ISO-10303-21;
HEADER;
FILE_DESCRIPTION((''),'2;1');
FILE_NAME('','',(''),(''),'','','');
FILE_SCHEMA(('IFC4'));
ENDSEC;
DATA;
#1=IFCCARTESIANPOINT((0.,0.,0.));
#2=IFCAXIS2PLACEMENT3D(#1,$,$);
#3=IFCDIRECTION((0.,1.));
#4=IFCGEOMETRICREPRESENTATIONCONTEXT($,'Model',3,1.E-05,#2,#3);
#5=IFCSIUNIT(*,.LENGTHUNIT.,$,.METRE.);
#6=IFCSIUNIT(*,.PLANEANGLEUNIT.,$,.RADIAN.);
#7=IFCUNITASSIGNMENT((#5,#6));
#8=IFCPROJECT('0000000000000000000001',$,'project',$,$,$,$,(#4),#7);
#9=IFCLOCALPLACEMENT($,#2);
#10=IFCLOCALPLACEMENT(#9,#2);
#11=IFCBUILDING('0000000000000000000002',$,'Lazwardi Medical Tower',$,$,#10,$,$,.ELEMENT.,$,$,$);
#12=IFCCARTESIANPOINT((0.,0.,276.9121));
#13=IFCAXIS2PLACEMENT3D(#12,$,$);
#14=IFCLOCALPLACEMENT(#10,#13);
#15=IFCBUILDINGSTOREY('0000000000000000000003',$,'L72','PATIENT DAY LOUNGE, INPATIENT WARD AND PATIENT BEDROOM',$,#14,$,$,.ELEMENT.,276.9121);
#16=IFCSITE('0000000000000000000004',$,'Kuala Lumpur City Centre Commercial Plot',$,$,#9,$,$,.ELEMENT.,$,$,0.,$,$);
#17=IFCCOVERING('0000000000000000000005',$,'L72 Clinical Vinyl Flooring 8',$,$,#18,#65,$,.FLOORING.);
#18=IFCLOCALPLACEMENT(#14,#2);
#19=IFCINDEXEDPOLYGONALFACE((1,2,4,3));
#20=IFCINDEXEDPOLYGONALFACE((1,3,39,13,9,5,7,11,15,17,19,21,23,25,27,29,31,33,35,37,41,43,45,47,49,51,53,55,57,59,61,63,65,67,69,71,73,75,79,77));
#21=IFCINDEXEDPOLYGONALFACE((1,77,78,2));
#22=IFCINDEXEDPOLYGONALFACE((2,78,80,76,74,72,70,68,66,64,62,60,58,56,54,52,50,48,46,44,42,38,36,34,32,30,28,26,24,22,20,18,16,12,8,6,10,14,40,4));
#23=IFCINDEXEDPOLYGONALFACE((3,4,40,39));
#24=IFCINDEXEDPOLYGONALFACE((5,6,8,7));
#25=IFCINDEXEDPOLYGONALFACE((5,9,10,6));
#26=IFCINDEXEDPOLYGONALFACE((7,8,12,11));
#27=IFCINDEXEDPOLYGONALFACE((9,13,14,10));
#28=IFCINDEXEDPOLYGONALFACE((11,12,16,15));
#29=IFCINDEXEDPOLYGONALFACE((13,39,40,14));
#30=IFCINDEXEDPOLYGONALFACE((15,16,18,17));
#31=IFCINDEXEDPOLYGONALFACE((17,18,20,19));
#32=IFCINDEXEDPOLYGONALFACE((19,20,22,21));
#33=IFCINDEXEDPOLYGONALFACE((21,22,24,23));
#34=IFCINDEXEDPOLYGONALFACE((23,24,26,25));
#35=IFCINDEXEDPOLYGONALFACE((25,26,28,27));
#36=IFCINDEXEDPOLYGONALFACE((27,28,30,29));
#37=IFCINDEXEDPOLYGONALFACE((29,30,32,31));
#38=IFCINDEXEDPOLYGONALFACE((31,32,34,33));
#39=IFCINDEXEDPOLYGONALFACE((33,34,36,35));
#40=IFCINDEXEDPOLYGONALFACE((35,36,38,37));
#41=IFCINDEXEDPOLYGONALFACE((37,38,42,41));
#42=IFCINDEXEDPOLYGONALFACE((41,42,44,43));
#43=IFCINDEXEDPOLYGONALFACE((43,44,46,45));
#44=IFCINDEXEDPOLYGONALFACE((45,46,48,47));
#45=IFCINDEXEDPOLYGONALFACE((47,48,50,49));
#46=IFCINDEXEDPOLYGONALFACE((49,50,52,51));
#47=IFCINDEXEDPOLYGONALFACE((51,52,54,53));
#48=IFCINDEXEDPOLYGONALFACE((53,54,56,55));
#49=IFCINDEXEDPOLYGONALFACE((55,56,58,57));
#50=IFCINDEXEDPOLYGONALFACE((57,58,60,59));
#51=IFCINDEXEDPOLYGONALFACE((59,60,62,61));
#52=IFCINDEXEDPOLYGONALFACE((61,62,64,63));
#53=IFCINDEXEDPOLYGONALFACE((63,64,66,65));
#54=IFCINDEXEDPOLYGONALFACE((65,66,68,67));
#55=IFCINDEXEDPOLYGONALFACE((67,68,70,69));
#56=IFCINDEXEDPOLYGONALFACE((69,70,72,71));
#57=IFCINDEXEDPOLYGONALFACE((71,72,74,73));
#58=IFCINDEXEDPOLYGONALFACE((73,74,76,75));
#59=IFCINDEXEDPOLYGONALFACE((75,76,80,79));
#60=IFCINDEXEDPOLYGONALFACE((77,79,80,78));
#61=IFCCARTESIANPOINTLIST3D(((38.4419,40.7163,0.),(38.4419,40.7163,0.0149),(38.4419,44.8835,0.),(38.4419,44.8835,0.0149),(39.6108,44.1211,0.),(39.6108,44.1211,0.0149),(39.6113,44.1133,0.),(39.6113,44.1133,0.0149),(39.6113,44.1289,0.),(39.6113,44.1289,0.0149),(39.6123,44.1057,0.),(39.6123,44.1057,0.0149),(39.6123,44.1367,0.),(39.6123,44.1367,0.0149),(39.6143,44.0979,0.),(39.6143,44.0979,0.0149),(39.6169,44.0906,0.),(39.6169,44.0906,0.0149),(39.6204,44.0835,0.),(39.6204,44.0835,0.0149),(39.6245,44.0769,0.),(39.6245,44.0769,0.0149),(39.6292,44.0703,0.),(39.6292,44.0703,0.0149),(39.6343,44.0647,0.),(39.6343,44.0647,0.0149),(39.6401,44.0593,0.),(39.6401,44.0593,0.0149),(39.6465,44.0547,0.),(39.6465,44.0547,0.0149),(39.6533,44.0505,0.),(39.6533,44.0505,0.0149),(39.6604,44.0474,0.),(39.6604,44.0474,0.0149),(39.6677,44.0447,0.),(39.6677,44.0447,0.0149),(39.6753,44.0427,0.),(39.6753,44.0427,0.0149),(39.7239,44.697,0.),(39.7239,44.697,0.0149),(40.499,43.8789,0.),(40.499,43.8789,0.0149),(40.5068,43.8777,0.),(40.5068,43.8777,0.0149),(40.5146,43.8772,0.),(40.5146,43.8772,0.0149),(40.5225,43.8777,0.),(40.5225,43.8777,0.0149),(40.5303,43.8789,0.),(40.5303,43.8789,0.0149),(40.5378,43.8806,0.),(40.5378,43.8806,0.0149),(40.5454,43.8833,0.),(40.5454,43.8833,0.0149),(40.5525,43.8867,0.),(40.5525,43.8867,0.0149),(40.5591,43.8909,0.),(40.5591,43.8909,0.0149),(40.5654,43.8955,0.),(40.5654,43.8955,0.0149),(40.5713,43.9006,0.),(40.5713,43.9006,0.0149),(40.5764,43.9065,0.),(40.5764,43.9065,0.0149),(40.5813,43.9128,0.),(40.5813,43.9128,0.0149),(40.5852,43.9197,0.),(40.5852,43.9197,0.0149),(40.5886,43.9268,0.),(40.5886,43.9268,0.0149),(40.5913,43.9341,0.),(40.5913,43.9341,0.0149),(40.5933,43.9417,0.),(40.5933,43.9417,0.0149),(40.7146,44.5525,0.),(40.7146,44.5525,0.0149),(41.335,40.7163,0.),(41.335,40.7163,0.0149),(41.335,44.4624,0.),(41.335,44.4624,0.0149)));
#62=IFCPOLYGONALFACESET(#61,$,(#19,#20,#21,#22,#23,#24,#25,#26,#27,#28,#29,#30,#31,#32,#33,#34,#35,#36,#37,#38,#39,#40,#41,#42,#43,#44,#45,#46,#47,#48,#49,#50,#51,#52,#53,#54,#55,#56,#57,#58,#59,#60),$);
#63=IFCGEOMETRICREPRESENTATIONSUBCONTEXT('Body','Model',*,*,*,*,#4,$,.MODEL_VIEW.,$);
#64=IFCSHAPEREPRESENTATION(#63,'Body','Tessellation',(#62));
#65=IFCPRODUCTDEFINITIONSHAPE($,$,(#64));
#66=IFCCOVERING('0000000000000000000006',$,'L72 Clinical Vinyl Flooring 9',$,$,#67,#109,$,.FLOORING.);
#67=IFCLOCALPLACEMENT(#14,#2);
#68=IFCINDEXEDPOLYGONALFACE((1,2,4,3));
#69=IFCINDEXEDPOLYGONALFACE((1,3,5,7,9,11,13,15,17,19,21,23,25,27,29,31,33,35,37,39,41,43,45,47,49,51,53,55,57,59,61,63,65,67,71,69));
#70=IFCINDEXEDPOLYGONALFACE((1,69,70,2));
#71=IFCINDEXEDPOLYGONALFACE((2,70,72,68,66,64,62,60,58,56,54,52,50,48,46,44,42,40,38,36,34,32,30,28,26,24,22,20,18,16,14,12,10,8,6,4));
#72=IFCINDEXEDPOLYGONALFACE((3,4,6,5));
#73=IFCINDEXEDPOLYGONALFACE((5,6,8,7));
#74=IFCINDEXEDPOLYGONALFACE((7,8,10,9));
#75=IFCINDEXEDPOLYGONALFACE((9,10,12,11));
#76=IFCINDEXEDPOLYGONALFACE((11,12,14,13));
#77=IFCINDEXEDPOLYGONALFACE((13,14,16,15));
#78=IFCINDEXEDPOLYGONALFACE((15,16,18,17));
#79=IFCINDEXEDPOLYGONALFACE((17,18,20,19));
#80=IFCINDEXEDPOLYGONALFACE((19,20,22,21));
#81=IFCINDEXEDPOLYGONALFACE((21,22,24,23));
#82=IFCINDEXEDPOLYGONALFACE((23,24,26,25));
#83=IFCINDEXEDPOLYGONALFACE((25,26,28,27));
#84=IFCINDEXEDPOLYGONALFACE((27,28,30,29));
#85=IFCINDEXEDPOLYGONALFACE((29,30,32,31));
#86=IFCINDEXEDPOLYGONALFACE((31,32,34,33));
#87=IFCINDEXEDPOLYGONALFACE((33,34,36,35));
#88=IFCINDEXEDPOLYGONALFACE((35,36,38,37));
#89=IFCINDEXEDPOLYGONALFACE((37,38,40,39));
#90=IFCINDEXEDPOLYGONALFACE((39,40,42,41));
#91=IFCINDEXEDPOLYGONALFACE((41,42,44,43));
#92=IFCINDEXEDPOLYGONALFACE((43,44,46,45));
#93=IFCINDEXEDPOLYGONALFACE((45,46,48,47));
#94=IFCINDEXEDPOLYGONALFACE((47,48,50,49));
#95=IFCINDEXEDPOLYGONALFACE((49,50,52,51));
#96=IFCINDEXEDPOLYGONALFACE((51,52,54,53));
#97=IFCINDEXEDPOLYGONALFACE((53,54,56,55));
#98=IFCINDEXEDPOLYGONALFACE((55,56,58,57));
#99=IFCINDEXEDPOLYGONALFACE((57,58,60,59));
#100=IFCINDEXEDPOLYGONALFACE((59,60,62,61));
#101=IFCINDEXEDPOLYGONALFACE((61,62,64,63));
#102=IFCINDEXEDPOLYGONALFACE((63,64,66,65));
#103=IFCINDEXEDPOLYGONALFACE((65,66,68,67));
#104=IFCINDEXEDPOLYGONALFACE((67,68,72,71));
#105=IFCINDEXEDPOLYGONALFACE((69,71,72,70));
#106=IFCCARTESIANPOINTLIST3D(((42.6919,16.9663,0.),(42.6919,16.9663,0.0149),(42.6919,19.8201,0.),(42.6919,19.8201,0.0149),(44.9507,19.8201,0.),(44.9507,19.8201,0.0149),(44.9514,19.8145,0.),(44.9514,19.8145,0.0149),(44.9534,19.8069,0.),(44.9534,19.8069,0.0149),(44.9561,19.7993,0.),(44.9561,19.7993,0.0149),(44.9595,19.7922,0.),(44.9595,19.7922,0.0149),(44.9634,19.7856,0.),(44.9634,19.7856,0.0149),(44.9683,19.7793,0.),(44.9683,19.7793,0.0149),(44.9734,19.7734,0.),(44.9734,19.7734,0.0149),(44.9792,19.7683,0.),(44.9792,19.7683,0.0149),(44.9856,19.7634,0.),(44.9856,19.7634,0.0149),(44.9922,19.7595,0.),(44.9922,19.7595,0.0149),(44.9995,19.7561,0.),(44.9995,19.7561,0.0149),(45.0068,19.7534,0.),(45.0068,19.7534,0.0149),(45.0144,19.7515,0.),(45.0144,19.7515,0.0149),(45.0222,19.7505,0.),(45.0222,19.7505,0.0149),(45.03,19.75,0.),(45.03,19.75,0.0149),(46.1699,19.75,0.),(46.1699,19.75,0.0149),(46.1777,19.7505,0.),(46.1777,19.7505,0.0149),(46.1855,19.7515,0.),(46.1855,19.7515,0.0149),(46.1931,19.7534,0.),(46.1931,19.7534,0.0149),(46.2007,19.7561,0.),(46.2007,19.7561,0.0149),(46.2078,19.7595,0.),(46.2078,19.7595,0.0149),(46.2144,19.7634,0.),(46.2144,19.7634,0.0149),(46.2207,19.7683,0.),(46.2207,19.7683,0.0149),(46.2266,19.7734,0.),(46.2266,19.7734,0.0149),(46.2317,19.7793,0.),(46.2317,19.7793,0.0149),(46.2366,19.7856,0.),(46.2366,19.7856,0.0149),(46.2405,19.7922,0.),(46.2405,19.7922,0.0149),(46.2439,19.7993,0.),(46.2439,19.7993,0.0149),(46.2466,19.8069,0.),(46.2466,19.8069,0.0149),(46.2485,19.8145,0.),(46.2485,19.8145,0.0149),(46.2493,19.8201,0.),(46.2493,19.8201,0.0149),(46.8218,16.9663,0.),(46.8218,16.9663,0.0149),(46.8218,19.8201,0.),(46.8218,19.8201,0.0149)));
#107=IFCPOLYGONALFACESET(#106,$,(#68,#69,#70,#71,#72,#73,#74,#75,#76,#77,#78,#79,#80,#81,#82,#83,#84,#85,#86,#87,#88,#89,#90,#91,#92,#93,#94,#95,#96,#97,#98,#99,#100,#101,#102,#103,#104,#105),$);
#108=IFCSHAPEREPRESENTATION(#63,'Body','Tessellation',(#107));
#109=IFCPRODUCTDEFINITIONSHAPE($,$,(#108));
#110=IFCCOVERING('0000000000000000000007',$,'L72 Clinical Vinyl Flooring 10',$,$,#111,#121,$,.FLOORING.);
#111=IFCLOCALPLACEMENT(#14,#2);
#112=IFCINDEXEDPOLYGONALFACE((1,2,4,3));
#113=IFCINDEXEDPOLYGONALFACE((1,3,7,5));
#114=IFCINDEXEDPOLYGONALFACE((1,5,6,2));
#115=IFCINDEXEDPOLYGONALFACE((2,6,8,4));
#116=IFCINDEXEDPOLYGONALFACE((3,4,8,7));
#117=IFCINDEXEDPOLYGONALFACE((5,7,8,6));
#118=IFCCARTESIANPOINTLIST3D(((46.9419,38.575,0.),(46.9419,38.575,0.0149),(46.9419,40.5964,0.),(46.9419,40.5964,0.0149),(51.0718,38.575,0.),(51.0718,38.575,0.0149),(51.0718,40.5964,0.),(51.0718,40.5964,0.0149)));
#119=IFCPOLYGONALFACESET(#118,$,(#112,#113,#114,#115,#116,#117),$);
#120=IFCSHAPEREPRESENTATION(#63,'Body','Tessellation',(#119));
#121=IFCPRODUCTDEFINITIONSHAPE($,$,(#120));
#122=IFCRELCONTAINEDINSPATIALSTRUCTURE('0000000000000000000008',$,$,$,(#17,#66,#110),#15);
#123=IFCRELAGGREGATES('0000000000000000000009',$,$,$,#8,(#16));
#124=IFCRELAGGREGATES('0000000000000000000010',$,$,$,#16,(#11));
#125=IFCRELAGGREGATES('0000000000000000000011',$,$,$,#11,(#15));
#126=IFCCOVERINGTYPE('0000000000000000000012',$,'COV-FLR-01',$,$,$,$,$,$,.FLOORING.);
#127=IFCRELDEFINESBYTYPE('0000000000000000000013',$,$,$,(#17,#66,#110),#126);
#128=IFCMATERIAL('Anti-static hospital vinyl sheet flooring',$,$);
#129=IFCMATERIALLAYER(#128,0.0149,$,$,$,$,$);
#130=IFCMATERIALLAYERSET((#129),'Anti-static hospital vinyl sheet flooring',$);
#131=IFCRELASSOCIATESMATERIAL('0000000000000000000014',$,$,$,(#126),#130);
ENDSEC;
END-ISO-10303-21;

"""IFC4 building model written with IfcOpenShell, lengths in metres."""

from ifc_helpers import new_model, si_unit, direction, frame, origin, place, context, subcontext, project, spatial, polyline, outline, extrude, material, layer, layer_set, type_object, element, save


model = new_model("IFC4")

# Units and contexts
model_context = context("Model", 3, precision=1e-05, world=origin(), true_north=direction((0.0, 1.0)))
body_context = subcontext(model_context, "Body", "Model", "MODEL_VIEW")
ifc_project = project(units=[si_unit("LENGTHUNIT", "METRE"), si_unit("PLANEANGLEUNIT", "RADIAN")], contexts=[model_context])

# Site, building, storey
site_placement = place(None, origin())
site = spatial("IfcSite", under=ifc_project, at=site_placement, Name="Kuala Lumpur City Centre Commercial Plot", CompositionType="ELEMENT", RefElevation=0.0)
building_placement = place(site_placement, origin())
building = spatial("IfcBuilding", under=site, at=building_placement, Name="Lazwardi Medical Tower", CompositionType="ELEMENT")
storey_placement = place(building_placement, frame((0.0, 0.0, 276.9121)))
storey = spatial("IfcBuildingStorey", under=building, at=storey_placement, Name="L72", Description="PATIENT DAY LOUNGE, INPATIENT WARD AND PATIENT BEDROOM", CompositionType="ELEMENT", Elevation=276.9121)

# Coverings
ifc_material_1 = material(Name="Anti-static hospital vinyl sheet flooring")
ifc_layer_1 = layer(ifc_material_1, 0.0149)
ifc_layer_set_1 = layer_set([ifc_layer_1], Name="Anti-static hospital vinyl sheet flooring")
covering_type_1 = type_object("IfcCoveringType", Name="COV-FLR-01", PredefinedType="FLOORING", material=ifc_layer_set_1)
covering_1_placement = place(storey_placement, origin())
element("IfcCovering", 1, at=covering_1_placement, inside=storey, type_object=covering_type_1, Name="L72 Clinical Vinyl Flooring 8", PredefinedType="FLOORING", context=body_context, shape_type="SweptSolid", body=[
    extrude(outline(polyline([(41.335, 40.7163), (41.335, 44.4624), (40.7146, 44.5525), (40.5933, 43.9417), (40.5913, 43.9341), (40.5886, 43.9268), (40.5852, 43.9197), (40.5813, 43.9128), (40.5764, 43.9065), (40.5713, 43.9006), (40.5654, 43.8955), (40.5591, 43.8909), (40.5525, 43.8867), (40.5454, 43.8833), (40.5378, 43.8806), (40.5303, 43.8789), (40.5225, 43.8777), (40.5146, 43.8772), (40.5068, 43.8777), (40.499, 43.8789), (39.6753, 44.0427), (39.6677, 44.0447), (39.6604, 44.0474), (39.6533, 44.0505), (39.6465, 44.0547), (39.6401, 44.0593), (39.6343, 44.0647), (39.6292, 44.0703), (39.6245, 44.0769), (39.6204, 44.0835), (39.6169, 44.0906), (39.6143, 44.0979), (39.6123, 44.1057), (39.6113, 44.1133), (39.6108, 44.1211), (39.6113, 44.1289), (39.6123, 44.1367), (39.7239, 44.697), (38.4419, 44.8835), (38.4419, 40.7163), (41.335, 40.7163)])), origin(), (0.0, 0.0, 1.0), 0.0149),
])
covering_2_placement = place(storey_placement, origin())
element("IfcCovering", 2, at=covering_2_placement, inside=storey, type_object=covering_type_1, Name="L72 Clinical Vinyl Flooring 9", PredefinedType="FLOORING", context=body_context, shape_type="SweptSolid", body=[
    extrude(outline(polyline([(46.8218, 19.8201), (46.2493, 19.8201), (46.2485, 19.8145), (46.2466, 19.8069), (46.2439, 19.7993), (46.2405, 19.7922), (46.2366, 19.7856), (46.2317, 19.7793), (46.2266, 19.7734), (46.2207, 19.7683), (46.2144, 19.7634), (46.2078, 19.7595), (46.2007, 19.7561), (46.1931, 19.7534), (46.1855, 19.7515), (46.1777, 19.7505), (46.1699, 19.75), (45.03, 19.75), (45.0222, 19.7505), (45.0144, 19.7515), (45.0068, 19.7534), (44.9995, 19.7561), (44.9922, 19.7595), (44.9856, 19.7634), (44.9792, 19.7683), (44.9734, 19.7734), (44.9683, 19.7793), (44.9634, 19.7856), (44.9595, 19.7922), (44.9561, 19.7993), (44.9534, 19.8069), (44.9514, 19.8145), (44.9507, 19.8201), (42.6919, 19.8201), (42.6919, 16.9663), (46.8218, 16.9663), (46.8218, 19.8201)])), origin(), (0.0, 0.0, 1.0), 0.0149),
])
covering_3_placement = place(storey_placement, origin())
element("IfcCovering", 3, at=covering_3_placement, inside=storey, type_object=covering_type_1, Name="L72 Clinical Vinyl Flooring 10", PredefinedType="FLOORING", context=body_context, shape_type="SweptSolid", body=[
    extrude(outline(polyline([(46.9419, 38.575), (51.0718, 38.575), (51.0718, 40.5964), (46.9419, 40.5964), (46.9419, 38.575)])), origin(), (0.0, 0.0, 1.0), 0.0149),
])

save(model, "model.ifc")
